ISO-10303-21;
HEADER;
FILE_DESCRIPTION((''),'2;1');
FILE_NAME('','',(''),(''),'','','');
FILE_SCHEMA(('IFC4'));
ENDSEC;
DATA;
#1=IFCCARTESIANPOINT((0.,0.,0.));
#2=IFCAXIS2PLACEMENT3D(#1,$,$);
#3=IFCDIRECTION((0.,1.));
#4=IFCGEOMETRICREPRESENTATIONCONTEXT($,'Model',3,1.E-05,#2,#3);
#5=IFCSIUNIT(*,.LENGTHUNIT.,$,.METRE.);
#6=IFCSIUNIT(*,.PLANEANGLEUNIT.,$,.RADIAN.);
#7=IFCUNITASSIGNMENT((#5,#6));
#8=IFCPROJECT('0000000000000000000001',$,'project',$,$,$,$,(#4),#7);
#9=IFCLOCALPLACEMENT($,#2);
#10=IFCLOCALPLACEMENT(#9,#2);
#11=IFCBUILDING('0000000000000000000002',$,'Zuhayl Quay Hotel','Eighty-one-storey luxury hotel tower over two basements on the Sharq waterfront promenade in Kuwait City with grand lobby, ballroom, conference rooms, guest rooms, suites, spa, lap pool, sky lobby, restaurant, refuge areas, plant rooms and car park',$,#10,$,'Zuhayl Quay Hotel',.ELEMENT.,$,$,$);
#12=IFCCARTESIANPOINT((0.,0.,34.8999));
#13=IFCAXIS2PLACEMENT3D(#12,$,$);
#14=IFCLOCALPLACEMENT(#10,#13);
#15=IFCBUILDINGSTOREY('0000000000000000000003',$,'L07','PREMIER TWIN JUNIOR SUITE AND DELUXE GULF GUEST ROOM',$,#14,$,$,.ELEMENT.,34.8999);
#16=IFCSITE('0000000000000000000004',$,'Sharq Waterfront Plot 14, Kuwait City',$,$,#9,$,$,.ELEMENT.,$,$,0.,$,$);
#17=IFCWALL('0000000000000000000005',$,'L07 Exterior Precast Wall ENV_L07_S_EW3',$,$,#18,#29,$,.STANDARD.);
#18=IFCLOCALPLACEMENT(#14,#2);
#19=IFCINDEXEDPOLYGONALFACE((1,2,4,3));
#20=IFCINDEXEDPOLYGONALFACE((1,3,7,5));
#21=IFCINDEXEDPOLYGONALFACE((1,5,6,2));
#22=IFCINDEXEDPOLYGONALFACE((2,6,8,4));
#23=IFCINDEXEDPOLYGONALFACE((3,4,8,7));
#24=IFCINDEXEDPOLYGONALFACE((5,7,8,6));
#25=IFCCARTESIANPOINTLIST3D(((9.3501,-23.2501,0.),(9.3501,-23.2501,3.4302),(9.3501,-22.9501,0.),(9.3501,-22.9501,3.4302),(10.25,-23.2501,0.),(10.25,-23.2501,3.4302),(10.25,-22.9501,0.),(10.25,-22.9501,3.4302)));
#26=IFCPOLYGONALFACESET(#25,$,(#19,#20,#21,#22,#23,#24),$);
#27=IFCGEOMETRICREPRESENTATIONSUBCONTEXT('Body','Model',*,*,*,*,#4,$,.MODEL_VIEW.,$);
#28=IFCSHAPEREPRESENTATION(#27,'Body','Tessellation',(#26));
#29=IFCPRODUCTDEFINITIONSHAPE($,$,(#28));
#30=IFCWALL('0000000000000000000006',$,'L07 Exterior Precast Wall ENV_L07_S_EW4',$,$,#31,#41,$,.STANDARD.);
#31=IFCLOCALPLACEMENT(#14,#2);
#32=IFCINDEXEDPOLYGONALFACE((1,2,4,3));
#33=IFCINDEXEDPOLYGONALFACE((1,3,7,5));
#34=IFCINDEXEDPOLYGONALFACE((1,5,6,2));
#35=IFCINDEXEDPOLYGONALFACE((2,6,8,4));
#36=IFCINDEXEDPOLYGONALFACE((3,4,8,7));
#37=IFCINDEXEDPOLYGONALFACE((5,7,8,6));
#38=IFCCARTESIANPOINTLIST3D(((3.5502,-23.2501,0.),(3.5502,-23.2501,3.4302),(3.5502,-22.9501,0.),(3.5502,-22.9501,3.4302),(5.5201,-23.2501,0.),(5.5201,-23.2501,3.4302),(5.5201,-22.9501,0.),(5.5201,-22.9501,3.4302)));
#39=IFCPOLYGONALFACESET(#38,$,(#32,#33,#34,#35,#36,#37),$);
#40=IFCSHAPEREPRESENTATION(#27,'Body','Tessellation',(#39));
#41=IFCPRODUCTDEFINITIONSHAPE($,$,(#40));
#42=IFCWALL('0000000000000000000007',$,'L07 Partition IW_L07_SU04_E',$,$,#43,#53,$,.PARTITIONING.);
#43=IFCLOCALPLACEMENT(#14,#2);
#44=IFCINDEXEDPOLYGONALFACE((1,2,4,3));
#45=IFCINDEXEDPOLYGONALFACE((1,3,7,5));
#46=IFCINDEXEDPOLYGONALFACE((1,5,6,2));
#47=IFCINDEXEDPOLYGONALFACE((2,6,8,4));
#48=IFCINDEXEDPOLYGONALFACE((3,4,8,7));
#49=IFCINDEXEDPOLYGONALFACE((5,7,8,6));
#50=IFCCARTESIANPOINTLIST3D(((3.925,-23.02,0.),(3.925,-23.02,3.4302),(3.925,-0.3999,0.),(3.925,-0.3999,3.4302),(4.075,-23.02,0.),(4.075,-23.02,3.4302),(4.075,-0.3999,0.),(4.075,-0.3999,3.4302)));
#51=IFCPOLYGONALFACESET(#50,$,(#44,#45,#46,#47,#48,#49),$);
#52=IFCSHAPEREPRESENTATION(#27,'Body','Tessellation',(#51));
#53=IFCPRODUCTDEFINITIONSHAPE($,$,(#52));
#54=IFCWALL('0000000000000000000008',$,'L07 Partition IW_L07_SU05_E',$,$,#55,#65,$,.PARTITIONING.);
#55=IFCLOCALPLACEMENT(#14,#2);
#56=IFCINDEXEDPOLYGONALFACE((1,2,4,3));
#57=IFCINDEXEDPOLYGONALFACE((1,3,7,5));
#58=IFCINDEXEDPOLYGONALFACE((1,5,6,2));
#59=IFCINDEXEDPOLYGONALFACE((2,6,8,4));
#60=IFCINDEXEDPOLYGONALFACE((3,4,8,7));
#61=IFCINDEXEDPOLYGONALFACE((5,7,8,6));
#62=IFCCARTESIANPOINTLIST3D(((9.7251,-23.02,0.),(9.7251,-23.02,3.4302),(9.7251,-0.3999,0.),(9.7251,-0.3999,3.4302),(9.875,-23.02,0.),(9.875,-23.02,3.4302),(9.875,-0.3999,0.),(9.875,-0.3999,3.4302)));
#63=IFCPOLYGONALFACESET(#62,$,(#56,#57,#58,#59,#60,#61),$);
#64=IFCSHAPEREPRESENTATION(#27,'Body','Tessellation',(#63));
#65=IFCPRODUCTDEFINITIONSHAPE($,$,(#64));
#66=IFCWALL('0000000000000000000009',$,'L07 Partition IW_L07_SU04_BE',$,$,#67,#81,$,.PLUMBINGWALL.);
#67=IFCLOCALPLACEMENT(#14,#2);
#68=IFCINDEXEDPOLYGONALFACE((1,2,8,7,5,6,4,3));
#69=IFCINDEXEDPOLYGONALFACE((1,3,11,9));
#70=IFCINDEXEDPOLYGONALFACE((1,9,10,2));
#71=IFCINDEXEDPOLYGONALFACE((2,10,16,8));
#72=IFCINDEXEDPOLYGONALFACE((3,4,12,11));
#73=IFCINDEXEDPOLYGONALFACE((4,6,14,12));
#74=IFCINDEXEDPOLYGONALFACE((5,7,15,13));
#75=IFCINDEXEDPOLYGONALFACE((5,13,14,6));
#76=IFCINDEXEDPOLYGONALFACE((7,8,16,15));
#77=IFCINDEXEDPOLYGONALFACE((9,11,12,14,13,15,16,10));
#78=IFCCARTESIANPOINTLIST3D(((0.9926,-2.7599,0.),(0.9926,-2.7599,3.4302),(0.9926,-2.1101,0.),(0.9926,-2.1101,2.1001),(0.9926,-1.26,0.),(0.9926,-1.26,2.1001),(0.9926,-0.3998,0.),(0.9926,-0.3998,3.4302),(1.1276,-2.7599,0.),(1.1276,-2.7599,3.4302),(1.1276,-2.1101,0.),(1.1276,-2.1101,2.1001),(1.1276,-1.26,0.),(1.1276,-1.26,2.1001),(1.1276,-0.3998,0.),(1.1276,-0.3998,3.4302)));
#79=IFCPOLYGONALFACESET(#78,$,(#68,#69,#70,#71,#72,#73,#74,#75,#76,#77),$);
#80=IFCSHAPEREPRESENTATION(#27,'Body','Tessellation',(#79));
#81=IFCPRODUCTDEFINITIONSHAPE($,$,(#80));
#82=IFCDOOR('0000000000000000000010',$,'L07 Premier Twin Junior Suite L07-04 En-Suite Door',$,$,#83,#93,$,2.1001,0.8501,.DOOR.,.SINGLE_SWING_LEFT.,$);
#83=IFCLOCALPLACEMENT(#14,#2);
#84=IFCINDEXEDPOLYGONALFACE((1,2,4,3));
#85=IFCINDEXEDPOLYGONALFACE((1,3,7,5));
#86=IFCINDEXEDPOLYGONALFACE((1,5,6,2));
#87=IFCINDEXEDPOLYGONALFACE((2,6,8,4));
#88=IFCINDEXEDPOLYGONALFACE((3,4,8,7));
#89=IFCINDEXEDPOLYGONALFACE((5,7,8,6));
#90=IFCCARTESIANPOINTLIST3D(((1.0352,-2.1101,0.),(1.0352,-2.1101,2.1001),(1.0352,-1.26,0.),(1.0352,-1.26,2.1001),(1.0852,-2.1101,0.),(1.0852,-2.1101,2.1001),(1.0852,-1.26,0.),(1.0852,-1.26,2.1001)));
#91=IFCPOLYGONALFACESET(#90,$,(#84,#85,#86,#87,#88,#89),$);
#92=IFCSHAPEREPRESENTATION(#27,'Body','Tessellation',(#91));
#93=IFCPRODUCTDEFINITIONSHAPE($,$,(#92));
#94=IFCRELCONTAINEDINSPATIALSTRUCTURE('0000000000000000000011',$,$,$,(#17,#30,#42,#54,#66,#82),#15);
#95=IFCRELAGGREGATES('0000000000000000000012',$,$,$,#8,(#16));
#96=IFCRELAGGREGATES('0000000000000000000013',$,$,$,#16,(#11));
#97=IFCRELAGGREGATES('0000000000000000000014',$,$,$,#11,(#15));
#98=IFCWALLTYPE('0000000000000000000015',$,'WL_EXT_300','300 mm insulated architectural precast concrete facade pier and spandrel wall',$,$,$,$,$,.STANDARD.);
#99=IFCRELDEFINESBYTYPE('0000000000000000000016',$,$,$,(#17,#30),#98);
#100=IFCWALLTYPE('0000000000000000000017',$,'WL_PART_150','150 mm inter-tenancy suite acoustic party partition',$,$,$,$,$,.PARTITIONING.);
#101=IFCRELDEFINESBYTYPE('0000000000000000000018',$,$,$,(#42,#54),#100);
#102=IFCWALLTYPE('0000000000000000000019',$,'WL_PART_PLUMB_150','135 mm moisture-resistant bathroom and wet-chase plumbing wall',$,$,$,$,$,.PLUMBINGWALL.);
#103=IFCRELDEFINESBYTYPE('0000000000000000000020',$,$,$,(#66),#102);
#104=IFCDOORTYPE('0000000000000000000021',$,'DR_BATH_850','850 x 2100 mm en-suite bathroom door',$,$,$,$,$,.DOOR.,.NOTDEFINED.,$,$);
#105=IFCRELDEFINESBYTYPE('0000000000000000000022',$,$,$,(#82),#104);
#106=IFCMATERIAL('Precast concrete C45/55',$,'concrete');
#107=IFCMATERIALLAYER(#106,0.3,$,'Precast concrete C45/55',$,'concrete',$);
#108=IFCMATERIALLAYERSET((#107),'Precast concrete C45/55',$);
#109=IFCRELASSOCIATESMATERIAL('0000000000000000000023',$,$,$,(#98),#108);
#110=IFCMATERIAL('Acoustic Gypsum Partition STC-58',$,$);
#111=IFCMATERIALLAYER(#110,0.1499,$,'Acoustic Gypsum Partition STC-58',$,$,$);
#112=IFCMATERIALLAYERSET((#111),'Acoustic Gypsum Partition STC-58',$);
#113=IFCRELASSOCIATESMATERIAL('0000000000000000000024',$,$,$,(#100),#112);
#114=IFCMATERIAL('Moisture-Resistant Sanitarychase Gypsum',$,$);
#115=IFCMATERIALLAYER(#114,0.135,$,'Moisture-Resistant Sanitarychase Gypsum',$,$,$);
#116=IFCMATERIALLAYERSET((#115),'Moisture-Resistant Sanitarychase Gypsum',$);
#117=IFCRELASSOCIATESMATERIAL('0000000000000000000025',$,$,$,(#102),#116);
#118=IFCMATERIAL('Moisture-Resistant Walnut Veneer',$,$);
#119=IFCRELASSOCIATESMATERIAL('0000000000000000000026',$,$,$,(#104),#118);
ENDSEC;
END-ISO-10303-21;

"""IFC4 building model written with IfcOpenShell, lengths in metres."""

from ifc_helpers import new_model, si_unit, direction, frame, frame_2d, origin, place, context, subcontext, project, spatial, rectangle, extrude, material, layer, layer_set, type_object, element, fill, save


model = new_model("IFC4")

# Units and contexts
model_context = context("Model", 3, precision=1e-05, world=origin(), true_north=direction((0.0, 1.0)))
body_context = subcontext(model_context, "Body", "Model", "MODEL_VIEW")
ifc_project = project(units=[si_unit("LENGTHUNIT", "METRE"), si_unit("PLANEANGLEUNIT", "RADIAN")], contexts=[model_context])

# Site, building, storey
site_placement = place(None, origin())
site = spatial("IfcSite", under=ifc_project, at=site_placement, Name="Sharq Waterfront Plot 14, Kuwait City", CompositionType="ELEMENT", RefElevation=0.0)
building_placement = place(site_placement, origin())
building = spatial("IfcBuilding", under=site, at=building_placement, Name="Zuhayl Quay Hotel", Description="Eighty-one-storey luxury hotel tower over two basements on the Sharq waterfront promenade in Kuwait City with grand lobby, ballroom, conference rooms, guest rooms, suites, spa, lap pool, sky lobby, restaurant, refuge areas, plant rooms and car park", LongName="Zuhayl Quay Hotel", CompositionType="ELEMENT")
storey_placement = place(building_placement, frame((0.0, 0.0, 34.8999)))
storey = spatial("IfcBuildingStorey", under=building, at=storey_placement, Name="L07", Description="PREMIER TWIN JUNIOR SUITE AND DELUXE GULF GUEST ROOM", CompositionType="ELEMENT", Elevation=34.8999)

# Walls
ifc_material_1 = material(Name="Precast concrete C45/55", Category="concrete")
ifc_layer_1 = layer(ifc_material_1, 0.3, Name="Precast concrete C45/55", Category="concrete")
ifc_layer_set_1 = layer_set([ifc_layer_1], Name="Precast concrete C45/55")
wall_type_1 = type_object("IfcWallType", Name="WL_EXT_300", Description="300 mm insulated architectural precast concrete facade pier and spandrel wall", PredefinedType="STANDARD", material=ifc_layer_set_1)
wall_1_placement = place(storey_placement, frame((10.25, -23.1001, 0.0), z_axis=(0.0, 0.0, 1.0), x_axis=(-1.0, 0.0, 0.0)))
element("IfcWall", 1, at=wall_1_placement, inside=storey, type_object=wall_type_1, Name="L07 Exterior Precast Wall ENV_L07_S_EW3", PredefinedType="STANDARD", context=body_context, shape_type="SweptSolid", body=[
    extrude(rectangle(XDim=0.8999, YDim=0.3, at=frame_2d((0.45, 0.0))), origin(), (0.0, 0.0, 1.0), 3.4302),
])
wall_2_placement = place(storey_placement, frame((5.52, -23.1001, 0.0), z_axis=(0.0, 0.0, 1.0), x_axis=(-1.0, 0.0, 0.0)))
element("IfcWall", 2, at=wall_2_placement, inside=storey, type_object=wall_type_1, Name="L07 Exterior Precast Wall ENV_L07_S_EW4", PredefinedType="STANDARD", context=body_context, shape_type="SweptSolid", body=[
    extrude(rectangle(XDim=1.97, YDim=0.3, at=frame_2d((0.9849, 0.0))), origin(), (0.0, 0.0, 1.0), 3.4302),
])
ifc_material_2 = material(Name="Acoustic Gypsum Partition STC-58")
ifc_layer_2 = layer(ifc_material_2, 0.1499, Name="Acoustic Gypsum Partition STC-58")
ifc_layer_set_2 = layer_set([ifc_layer_2], Name="Acoustic Gypsum Partition STC-58")
wall_type_2 = type_object("IfcWallType", Name="WL_PART_150", Description="150 mm inter-tenancy suite acoustic party partition", PredefinedType="PARTITIONING", material=ifc_layer_set_2)
for number, where, z_axis, x_axis, name in (
    (3, (4.0, -23.02, 0.0), (0.0, 0.0, 1.0), (0.0, 1.0, 0.0), "L07 Partition IW_L07_SU04_E"),
    (4, (9.8, -23.02, 0.0), (0.0, 0.0, 1.0), (0.0, 1.0, 0.0), "L07 Partition IW_L07_SU05_E"),
):
    element("IfcWall", number, at=place(storey_placement, frame(where, z_axis=z_axis, x_axis=x_axis)), inside=storey, type_object=wall_type_2, Name=name, PredefinedType="PARTITIONING", context=body_context, shape_type="SweptSolid", body=[
        extrude(rectangle(XDim=22.6201, YDim=0.1499, at=frame_2d((11.3101, 0.0))), origin(), (0.0, 0.0, 1.0), 3.4302),
    ])

# Wall, opening, door
ifc_material_3 = material(Name="Moisture-Resistant Sanitarychase Gypsum")
ifc_layer_3 = layer(ifc_material_3, 0.135, Name="Moisture-Resistant Sanitarychase Gypsum")
ifc_layer_set_3 = layer_set([ifc_layer_3], Name="Moisture-Resistant Sanitarychase Gypsum")
wall_type_3 = type_object("IfcWallType", Name="WL_PART_PLUMB_150", Description="135 mm moisture-resistant bathroom and wet-chase plumbing wall", PredefinedType="PLUMBINGWALL", material=ifc_layer_set_3)
wall_3_placement = place(storey_placement, frame((1.0601, -2.76, 0.0), z_axis=(0.0, 0.0, 1.0), x_axis=(0.0, 1.0, 0.0)))
wall_3 = element("IfcWall", 5, at=wall_3_placement, inside=storey, type_object=wall_type_3, Name="L07 Partition IW_L07_SU04_BE", PredefinedType="PLUMBINGWALL", context=body_context, shape_type="SweptSolid", body=[
    extrude(rectangle(XDim=2.3601, YDim=0.135, at=frame_2d((1.1802, 0.0))), origin(), (0.0, 0.0, 1.0), 3.4302),
])
opening_placement = place(wall_3_placement, frame((0.6499, 0.0, 0.0)))
opening = element("IfcOpeningElement", 6, at=opening_placement, cuts=wall_3, PredefinedType="OPENING", context=body_context, shape_type="SweptSolid", body=[
    extrude(rectangle(XDim=0.8501, YDim=2.1001, at=frame_2d((0.425, 1.05))), frame((0.0, 0.0774, 0.0), z_axis=(0.0, -1.0, 0.0), x_axis=(1.0, 0.0, 0.0)), (0.0, 0.0, 1.0), 0.155),
])
ifc_material_4 = material(Name="Moisture-Resistant Walnut Veneer")
door_type = type_object("IfcDoorType", Name="DR_BATH_850", Description="850 x 2100 mm en-suite bathroom door", OperationType="NOTDEFINED", PredefinedType="DOOR", material=ifc_material_4)
door_placement = place(opening_placement, origin())
door = element("IfcDoor", 7, at=door_placement, inside=storey, type_object=door_type, Name="L07 Premier Twin Junior Suite L07-04 En-Suite Door", OperationType="SINGLE_SWING_LEFT", OverallHeight=2.1001, OverallWidth=0.8501, PredefinedType="DOOR", context=body_context, shape_type="SweptSolid", body=[
    extrude(rectangle(XDim=0.8501, YDim=2.1001, at=frame_2d((0.425, 1.05))), frame((0.0, 0.0249, 0.0), z_axis=(0.0, -1.0, 0.0), x_axis=(1.0, 0.0, 0.0)), (0.0, 0.0, 1.0), 0.05),
])
fill(opening, door)

save(model, "model.ifc")
